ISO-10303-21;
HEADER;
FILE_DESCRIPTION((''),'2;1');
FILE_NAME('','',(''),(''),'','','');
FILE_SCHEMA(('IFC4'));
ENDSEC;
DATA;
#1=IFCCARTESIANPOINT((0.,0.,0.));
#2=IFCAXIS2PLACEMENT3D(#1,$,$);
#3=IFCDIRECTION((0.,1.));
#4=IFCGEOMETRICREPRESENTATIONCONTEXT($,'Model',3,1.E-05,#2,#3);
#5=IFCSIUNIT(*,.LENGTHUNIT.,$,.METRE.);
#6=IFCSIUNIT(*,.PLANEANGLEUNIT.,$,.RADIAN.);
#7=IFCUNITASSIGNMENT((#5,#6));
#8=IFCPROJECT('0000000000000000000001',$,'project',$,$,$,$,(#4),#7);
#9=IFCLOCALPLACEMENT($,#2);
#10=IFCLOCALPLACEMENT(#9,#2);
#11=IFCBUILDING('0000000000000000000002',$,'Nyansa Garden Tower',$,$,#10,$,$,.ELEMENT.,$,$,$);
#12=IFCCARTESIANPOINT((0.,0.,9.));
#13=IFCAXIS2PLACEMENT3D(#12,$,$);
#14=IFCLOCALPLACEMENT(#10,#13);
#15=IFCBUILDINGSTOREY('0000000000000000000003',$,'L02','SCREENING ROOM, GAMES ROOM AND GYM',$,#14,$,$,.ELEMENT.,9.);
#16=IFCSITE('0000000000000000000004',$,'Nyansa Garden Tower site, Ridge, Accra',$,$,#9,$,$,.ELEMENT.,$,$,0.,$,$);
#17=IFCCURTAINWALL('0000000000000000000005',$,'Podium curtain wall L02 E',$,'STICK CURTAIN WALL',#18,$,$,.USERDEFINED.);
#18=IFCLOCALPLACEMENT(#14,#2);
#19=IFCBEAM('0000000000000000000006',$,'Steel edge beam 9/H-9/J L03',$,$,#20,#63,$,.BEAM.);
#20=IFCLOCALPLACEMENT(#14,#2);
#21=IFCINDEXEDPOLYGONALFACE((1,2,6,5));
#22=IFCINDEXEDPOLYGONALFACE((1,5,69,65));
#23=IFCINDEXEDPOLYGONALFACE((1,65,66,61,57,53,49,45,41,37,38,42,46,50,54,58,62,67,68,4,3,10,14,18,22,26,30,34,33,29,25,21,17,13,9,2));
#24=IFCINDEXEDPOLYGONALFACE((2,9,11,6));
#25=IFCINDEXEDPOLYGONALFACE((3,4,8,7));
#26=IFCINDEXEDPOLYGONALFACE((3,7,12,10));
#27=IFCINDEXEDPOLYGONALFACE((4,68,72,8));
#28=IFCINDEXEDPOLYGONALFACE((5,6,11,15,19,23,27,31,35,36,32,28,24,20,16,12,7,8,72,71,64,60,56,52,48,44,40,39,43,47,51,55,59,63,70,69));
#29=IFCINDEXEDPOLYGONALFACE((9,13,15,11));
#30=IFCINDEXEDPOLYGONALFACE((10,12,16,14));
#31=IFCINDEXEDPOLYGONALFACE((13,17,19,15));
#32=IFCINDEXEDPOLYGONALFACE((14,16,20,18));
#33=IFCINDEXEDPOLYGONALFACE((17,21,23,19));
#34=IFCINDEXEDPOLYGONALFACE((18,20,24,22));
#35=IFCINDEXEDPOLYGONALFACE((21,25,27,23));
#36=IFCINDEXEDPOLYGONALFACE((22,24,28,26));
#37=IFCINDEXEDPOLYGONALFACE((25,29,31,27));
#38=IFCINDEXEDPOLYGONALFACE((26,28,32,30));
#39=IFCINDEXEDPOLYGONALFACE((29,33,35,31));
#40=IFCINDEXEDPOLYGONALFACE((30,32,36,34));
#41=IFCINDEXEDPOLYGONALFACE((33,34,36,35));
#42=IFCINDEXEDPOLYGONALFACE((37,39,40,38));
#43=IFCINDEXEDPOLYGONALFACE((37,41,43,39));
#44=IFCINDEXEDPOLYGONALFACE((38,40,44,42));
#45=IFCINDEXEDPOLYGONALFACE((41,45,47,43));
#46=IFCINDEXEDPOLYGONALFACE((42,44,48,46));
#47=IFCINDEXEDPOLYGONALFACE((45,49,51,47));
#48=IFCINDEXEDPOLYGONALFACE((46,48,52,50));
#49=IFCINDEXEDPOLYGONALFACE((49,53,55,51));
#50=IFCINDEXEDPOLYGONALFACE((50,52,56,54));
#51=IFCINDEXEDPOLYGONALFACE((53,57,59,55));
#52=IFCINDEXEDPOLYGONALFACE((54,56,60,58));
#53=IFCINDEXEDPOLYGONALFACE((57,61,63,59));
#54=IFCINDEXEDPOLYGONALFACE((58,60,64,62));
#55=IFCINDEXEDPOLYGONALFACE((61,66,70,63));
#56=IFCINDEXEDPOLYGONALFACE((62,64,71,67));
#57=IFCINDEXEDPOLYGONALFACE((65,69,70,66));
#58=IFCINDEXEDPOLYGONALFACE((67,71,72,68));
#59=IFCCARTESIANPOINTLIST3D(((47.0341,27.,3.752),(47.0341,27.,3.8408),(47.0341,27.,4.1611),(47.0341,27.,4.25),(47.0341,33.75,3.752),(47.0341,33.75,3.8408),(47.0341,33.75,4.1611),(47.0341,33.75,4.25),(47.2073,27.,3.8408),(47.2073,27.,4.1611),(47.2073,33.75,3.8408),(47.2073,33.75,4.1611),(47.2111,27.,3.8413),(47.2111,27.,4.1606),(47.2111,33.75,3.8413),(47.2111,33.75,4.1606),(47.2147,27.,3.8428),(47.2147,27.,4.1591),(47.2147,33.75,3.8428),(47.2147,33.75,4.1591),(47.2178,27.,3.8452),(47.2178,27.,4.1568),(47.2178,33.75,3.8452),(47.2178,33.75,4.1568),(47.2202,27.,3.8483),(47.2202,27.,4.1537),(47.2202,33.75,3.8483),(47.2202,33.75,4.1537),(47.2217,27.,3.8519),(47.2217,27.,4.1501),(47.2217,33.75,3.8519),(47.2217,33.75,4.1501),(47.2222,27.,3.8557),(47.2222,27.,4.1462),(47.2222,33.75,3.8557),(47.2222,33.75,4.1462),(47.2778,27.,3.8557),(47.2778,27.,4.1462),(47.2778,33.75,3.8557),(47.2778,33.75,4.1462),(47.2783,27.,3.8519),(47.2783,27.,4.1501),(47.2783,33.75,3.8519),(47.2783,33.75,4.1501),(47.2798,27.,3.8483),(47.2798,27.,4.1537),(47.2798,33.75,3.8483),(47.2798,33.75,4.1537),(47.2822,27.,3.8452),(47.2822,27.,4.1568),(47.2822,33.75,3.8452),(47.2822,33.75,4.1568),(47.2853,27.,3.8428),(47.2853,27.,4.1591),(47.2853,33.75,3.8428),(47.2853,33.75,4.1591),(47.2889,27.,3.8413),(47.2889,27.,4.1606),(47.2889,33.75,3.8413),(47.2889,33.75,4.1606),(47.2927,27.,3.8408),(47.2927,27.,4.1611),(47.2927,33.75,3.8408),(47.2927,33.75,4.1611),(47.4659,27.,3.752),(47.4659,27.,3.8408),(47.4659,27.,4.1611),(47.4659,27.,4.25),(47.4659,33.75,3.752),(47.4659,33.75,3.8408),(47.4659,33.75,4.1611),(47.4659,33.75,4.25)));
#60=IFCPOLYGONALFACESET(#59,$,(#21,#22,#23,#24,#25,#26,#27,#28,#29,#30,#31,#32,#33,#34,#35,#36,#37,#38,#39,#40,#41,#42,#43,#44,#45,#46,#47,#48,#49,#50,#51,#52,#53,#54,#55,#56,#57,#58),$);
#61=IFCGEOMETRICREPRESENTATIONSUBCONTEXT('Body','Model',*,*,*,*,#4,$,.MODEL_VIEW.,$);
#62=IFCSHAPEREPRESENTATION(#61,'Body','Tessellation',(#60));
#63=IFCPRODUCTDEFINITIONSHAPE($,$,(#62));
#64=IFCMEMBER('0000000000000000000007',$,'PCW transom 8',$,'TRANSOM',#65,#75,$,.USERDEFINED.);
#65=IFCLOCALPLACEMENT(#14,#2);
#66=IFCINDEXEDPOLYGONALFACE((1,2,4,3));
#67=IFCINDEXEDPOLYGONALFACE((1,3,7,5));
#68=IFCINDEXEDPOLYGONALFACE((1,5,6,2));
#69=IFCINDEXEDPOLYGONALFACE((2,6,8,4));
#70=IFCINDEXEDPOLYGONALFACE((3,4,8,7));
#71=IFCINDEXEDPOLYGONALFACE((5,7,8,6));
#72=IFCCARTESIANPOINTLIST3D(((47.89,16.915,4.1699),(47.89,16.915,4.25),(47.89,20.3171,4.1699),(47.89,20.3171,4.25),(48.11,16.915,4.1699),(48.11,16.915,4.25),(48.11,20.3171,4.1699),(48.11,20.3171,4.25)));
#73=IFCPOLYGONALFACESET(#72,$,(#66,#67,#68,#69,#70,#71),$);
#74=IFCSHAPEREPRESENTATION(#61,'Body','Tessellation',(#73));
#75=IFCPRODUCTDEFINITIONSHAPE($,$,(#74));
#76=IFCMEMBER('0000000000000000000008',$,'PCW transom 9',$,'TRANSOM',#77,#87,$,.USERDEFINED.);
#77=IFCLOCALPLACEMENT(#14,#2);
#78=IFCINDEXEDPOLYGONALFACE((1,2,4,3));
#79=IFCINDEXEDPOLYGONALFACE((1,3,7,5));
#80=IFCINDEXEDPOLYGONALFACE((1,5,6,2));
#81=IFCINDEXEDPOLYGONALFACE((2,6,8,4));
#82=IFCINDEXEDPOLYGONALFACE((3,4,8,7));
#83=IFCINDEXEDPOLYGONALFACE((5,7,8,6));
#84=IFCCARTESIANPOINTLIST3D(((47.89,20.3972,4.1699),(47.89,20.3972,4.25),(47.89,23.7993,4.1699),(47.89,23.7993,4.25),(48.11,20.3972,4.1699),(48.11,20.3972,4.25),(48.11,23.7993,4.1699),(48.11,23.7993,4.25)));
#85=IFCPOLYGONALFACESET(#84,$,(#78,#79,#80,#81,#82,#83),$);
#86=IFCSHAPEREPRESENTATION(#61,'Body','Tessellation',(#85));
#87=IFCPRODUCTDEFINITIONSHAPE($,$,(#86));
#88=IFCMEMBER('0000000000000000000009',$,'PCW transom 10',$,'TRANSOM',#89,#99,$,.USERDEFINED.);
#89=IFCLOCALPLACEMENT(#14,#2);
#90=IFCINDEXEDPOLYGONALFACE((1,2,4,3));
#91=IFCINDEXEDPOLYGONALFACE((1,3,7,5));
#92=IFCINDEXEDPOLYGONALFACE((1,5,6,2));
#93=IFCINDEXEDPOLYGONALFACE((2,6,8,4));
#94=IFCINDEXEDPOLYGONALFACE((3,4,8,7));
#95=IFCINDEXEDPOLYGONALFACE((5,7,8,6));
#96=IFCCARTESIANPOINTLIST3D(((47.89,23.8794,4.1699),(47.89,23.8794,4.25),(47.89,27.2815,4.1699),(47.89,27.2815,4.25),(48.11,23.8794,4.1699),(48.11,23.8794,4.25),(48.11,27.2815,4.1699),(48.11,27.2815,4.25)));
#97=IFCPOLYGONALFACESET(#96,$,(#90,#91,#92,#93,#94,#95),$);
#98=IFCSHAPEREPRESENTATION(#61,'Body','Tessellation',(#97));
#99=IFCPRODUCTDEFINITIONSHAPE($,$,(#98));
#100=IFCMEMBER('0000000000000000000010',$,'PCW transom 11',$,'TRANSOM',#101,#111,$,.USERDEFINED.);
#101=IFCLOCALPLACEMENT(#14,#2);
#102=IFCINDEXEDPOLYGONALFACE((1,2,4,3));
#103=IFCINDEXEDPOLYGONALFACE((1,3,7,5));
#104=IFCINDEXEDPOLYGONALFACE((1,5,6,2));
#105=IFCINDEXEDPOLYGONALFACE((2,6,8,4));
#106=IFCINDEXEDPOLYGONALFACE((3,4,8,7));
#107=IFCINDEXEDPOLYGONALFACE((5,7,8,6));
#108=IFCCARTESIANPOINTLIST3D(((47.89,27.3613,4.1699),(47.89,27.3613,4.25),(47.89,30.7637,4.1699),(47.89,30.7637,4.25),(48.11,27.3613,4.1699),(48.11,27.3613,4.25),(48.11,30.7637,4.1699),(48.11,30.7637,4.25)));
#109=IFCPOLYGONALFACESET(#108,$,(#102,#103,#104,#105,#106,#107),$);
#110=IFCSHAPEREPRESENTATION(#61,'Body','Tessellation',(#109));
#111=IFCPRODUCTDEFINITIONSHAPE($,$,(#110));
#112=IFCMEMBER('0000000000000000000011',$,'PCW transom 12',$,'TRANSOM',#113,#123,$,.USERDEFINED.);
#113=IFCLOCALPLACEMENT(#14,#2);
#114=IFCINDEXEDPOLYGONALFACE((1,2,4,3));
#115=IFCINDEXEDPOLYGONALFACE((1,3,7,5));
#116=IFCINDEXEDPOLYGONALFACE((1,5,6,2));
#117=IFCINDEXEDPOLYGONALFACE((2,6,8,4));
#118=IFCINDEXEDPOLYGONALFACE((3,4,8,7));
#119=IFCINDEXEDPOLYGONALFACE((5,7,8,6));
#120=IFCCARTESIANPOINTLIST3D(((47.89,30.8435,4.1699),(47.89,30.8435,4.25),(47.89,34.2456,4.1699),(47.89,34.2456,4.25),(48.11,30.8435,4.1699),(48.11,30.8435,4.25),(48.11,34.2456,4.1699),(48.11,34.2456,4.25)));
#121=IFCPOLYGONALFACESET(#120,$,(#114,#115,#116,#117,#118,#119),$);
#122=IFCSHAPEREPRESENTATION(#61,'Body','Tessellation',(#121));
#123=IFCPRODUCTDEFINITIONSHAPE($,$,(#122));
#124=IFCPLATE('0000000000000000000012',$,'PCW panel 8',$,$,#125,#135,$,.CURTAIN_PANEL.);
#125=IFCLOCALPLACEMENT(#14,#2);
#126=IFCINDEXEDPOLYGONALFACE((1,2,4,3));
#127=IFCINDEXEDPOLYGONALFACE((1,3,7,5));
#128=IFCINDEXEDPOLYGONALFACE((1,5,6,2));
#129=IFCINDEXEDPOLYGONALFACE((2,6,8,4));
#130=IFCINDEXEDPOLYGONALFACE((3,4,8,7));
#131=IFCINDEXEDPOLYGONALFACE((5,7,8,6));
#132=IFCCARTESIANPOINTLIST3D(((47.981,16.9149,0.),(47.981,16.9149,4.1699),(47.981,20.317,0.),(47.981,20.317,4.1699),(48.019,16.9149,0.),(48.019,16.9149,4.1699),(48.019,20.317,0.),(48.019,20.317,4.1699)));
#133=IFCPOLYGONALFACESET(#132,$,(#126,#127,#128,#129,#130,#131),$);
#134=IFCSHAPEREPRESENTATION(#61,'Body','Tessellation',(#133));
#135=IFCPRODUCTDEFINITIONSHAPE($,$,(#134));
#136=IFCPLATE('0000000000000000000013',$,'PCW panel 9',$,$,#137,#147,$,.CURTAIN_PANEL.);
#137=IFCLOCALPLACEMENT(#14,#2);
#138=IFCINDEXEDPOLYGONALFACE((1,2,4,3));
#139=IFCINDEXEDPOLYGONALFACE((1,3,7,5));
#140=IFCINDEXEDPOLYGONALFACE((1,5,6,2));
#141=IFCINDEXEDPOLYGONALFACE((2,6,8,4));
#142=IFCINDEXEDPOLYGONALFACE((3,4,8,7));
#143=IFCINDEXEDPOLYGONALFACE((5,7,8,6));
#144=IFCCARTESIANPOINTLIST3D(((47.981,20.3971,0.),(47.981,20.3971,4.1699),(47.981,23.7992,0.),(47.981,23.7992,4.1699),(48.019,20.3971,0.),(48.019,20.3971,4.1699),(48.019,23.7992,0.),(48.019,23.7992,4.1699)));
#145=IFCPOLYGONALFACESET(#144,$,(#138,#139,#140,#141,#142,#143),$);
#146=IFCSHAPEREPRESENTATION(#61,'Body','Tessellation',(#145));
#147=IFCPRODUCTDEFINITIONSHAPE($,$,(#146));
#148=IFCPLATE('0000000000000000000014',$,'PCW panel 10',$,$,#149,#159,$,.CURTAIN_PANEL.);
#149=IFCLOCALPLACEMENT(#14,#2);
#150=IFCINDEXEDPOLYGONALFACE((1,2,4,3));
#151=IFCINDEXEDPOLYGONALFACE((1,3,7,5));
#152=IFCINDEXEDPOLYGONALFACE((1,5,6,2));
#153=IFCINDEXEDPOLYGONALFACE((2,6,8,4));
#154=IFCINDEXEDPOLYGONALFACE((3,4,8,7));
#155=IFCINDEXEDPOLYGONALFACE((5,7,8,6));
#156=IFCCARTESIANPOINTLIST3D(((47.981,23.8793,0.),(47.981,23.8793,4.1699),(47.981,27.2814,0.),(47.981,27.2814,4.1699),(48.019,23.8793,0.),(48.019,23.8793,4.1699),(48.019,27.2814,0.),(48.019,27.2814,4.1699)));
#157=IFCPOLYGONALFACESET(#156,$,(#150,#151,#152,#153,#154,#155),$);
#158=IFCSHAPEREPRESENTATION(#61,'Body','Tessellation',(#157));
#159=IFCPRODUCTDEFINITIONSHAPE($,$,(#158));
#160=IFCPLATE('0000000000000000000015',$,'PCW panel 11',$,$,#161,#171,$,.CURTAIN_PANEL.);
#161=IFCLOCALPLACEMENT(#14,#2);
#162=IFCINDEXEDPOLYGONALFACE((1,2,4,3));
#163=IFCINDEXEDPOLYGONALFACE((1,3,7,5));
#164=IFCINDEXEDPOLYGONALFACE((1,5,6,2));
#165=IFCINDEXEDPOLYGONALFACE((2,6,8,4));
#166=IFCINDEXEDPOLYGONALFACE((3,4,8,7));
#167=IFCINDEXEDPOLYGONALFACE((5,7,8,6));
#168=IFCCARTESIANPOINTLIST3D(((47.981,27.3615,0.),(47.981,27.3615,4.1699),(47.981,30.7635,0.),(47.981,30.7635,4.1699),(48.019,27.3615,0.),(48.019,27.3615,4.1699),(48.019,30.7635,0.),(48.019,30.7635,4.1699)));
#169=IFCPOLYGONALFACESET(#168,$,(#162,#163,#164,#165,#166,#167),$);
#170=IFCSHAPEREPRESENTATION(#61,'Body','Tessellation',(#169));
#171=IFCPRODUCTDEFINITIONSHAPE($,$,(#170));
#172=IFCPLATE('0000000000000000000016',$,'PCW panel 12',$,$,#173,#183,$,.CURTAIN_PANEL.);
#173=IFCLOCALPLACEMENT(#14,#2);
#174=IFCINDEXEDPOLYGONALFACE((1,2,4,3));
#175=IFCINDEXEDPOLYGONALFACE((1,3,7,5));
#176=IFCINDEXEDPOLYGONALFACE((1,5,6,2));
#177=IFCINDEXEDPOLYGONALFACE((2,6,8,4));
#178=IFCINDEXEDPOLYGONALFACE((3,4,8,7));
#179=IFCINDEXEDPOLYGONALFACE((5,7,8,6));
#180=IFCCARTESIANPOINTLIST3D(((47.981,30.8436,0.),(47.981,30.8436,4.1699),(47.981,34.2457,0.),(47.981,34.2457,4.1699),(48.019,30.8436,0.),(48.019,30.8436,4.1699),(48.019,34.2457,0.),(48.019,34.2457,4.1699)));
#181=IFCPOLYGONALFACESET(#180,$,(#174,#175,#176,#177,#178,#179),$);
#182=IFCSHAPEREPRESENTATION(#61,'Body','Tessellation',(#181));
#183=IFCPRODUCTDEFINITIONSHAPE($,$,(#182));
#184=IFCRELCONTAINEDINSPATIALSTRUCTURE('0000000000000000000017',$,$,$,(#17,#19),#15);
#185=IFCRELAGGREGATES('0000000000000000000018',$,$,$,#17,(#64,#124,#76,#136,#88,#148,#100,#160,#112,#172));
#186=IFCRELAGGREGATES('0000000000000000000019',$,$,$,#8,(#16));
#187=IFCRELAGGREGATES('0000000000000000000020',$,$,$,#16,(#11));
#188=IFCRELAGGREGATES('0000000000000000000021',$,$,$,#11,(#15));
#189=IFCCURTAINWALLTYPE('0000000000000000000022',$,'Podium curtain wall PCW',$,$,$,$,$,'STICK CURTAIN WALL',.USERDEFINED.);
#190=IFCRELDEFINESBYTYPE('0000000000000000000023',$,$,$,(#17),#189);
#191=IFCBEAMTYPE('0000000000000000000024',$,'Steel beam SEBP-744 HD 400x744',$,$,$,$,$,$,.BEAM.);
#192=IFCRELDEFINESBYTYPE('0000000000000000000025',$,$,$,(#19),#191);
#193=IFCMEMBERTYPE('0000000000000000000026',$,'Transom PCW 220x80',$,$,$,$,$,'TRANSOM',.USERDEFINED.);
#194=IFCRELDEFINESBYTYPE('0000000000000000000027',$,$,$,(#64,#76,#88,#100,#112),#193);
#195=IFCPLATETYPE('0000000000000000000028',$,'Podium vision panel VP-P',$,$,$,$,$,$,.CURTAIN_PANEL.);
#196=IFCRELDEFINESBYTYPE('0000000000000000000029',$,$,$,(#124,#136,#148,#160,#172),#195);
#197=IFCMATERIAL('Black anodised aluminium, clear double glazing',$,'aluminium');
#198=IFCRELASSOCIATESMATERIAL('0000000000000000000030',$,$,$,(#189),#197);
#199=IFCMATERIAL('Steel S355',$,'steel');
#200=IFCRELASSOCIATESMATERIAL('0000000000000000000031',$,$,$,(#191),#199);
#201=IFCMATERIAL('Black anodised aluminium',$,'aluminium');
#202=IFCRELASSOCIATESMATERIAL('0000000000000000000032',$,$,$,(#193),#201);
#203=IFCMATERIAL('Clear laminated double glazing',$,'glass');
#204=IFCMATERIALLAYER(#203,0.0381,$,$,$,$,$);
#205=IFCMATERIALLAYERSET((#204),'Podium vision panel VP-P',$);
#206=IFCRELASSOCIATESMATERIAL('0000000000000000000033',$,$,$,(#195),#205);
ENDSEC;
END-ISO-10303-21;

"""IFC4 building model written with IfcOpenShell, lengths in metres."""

from ifc_helpers import new_model, si_unit, direction, frame, origin, origin_2d, place, context, subcontext, project, spatial, rectangle, i_section, extrude, material, layer, layer_set, material_profile, profile_set, type_object, element, aggregate, save


model = new_model("IFC4")

# Units and contexts
model_context = context("Model", 3, precision=1e-05, world=origin(), true_north=direction((0.0, 1.0)))
body_context = subcontext(model_context, "Body", "Model", "MODEL_VIEW")
ifc_project = project(units=[si_unit("LENGTHUNIT", "METRE"), si_unit("PLANEANGLEUNIT", "RADIAN")], contexts=[model_context])

# Site, building, storey
site_placement = place(None, origin())
site = spatial("IfcSite", under=ifc_project, at=site_placement, Name="Nyansa Garden Tower site, Ridge, Accra", CompositionType="ELEMENT", RefElevation=0.0)
building_placement = place(site_placement, origin())
building = spatial("IfcBuilding", under=site, at=building_placement, Name="Nyansa Garden Tower", CompositionType="ELEMENT")
storey_placement = place(building_placement, frame((0.0, 0.0, 9.0)))
storey = spatial("IfcBuildingStorey", under=building, at=storey_placement, Name="L02", Description="SCREENING ROOM, GAMES ROOM AND GYM", CompositionType="ELEMENT", Elevation=9.0)

# Curtain wall
ifc_material_1 = material(Name="Black anodised aluminium, clear double glazing", Category="aluminium")
curtain_wall_type = type_object("IfcCurtainWallType", Name="Podium curtain wall PCW", ElementType="STICK CURTAIN WALL", PredefinedType="USERDEFINED", material=ifc_material_1)
curtain_wall_placement = place(storey_placement, origin())
curtain_wall = element("IfcCurtainWall", 1, at=curtain_wall_placement, inside=storey, type_object=curtain_wall_type, Name="Podium curtain wall L02 E", ObjectType="STICK CURTAIN WALL", PredefinedType="USERDEFINED")

# Beam
ifc_material_2 = material(Name="Steel S355", Category="steel")
ifc_material_profile_1 = material_profile(ifc_material_2, i_section(OverallWidth=0.4319, OverallDepth=0.498, WebThickness=0.0557, FlangeThickness=0.0889, FilletRadius=0.0149, at=origin_2d()), Name="HD 400x744")
ifc_profile_set_1 = profile_set([ifc_material_profile_1], Name="Steel S355")
beam_type_1 = type_object("IfcBeamType", Name="Steel beam SEBP-744 HD 400x744", PredefinedType="BEAM", material=ifc_profile_set_1)
for number, where, z_axis, x_axis, name in (
    (2, (47.25, 27.0, 4.001), (0.0, 1.0, 0.0), (-1.0, 0.0, 0.0), "Steel edge beam 9/H-9/J L03"),
):
    element("IfcBeam", number, at=place(storey_placement, frame(where, z_axis=z_axis, x_axis=x_axis)), inside=storey, type_object=beam_type_1, Name=name, PredefinedType="BEAM", context=body_context, shape_type="SweptSolid", body=[
        extrude(i_section(OverallWidth=0.4319, OverallDepth=0.498, WebThickness=0.0557, FlangeThickness=0.0889, FilletRadius=0.0149, at=origin_2d()), origin(), (0.0, 0.0, 1.0), 6.75),
    ])

# Members
ifc_material_3 = material(Name="Black anodised aluminium", Category="aluminium")
ifc_material_profile_2 = material_profile(ifc_material_3, rectangle(XDim=0.22, YDim=0.0801, at=origin_2d()), Name="Transom 220x80")
ifc_profile_set_2 = profile_set([ifc_material_profile_2], Name="Black anodised aluminium")
member_type_1 = type_object("IfcMemberType", Name="Transom PCW 220x80", ElementType="TRANSOM", PredefinedType="USERDEFINED", material=ifc_profile_set_2)
member_1_placement = place(storey_placement, frame((48.0, 16.915, 4.21), z_axis=(0.0, 1.0, 0.0), x_axis=(-1.0, 0.0, 0.0)))
member_1 = element("IfcMember", 3, at=member_1_placement, type_object=member_type_1, Name="PCW transom 8", ObjectType="TRANSOM", PredefinedType="USERDEFINED", context=body_context, shape_type="SweptSolid", body=[
    extrude(rectangle(XDim=0.22, YDim=0.0801, at=origin_2d()), origin(), (0.0, 0.0, 1.0), 3.4021),
])
member_2_placement = place(storey_placement, frame((48.0, 20.3972, 4.21), z_axis=(0.0, 1.0, 0.0), x_axis=(-1.0, 0.0, 0.0)))
member_2 = element("IfcMember", 4, at=member_2_placement, type_object=member_type_1, Name="PCW transom 9", ObjectType="TRANSOM", PredefinedType="USERDEFINED", context=body_context, shape_type="SweptSolid", body=[
    extrude(rectangle(XDim=0.22, YDim=0.0801, at=origin_2d()), origin(), (0.0, 0.0, 1.0), 3.4021),
])
member_3_placement = place(storey_placement, frame((48.0, 23.8794, 4.21), z_axis=(0.0, 1.0, 0.0), x_axis=(-1.0, 0.0, 0.0)))
member_3 = element("IfcMember", 5, at=member_3_placement, type_object=member_type_1, Name="PCW transom 10", ObjectType="TRANSOM", PredefinedType="USERDEFINED", context=body_context, shape_type="SweptSolid", body=[
    extrude(rectangle(XDim=0.22, YDim=0.0801, at=origin_2d()), origin(), (0.0, 0.0, 1.0), 3.4021),
])
member_4_placement = place(storey_placement, frame((48.0, 27.3613, 4.21), z_axis=(0.0, 1.0, 0.0), x_axis=(-1.0, 0.0, 0.0)))
member_4 = element("IfcMember", 6, at=member_4_placement, type_object=member_type_1, Name="PCW transom 11", ObjectType="TRANSOM", PredefinedType="USERDEFINED", context=body_context, shape_type="SweptSolid", body=[
    extrude(rectangle(XDim=0.22, YDim=0.0801, at=origin_2d()), origin(), (0.0, 0.0, 1.0), 3.4023),
])
member_5_placement = place(storey_placement, frame((48.0, 30.8435, 4.21), z_axis=(0.0, 1.0, 0.0), x_axis=(-1.0, 0.0, 0.0)))
member_5 = element("IfcMember", 7, at=member_5_placement, type_object=member_type_1, Name="PCW transom 12", ObjectType="TRANSOM", PredefinedType="USERDEFINED", context=body_context, shape_type="SweptSolid", body=[
    extrude(rectangle(XDim=0.22, YDim=0.0801, at=origin_2d()), origin(), (0.0, 0.0, 1.0), 3.4021),
])

# Plates
ifc_material_4 = material(Name="Clear laminated double glazing", Category="glass")
ifc_layer = layer(ifc_material_4, 0.0381)
ifc_layer_set = layer_set([ifc_layer], Name="Podium vision panel VP-P")
plate_type = type_object("IfcPlateType", Name="Podium vision panel VP-P", PredefinedType="CURTAIN_PANEL", material=ifc_layer_set)
plate_1_placement = place(storey_placement, frame((48.0, 18.616, 0.0), z_axis=(0.0, 0.0, 1.0), x_axis=(0.0, 1.0, 0.0)))
plate_1 = element("IfcPlate", 8, at=plate_1_placement, type_object=plate_type, Name="PCW panel 8", PredefinedType="CURTAIN_PANEL", context=body_context, shape_type="SweptSolid", body=[
    extrude(rectangle(XDim=3.4021, YDim=0.0381, at=origin_2d()), origin(), (0.0, 0.0, 1.0), 4.1699),
])
plate_2_placement = place(storey_placement, frame((48.0, 22.0981, 0.0), z_axis=(0.0, 0.0, 1.0), x_axis=(0.0, 1.0, 0.0)))
plate_2 = element("IfcPlate", 9, at=plate_2_placement, type_object=plate_type, Name="PCW panel 9", PredefinedType="CURTAIN_PANEL", context=body_context, shape_type="SweptSolid", body=[
    extrude(rectangle(XDim=3.4021, YDim=0.0381, at=origin_2d()), origin(), (0.0, 0.0, 1.0), 4.1699),
])
plate_3_placement = place(storey_placement, frame((48.0, 25.5803, 0.0), z_axis=(0.0, 0.0, 1.0), x_axis=(0.0, 1.0, 0.0)))
plate_3 = element("IfcPlate", 10, at=plate_3_placement, type_object=plate_type, Name="PCW panel 10", PredefinedType="CURTAIN_PANEL", context=body_context, shape_type="SweptSolid", body=[
    extrude(rectangle(XDim=3.4021, YDim=0.0381, at=origin_2d()), origin(), (0.0, 0.0, 1.0), 4.1699),
])
plate_4_placement = place(storey_placement, frame((48.0, 29.0625, 0.0), z_axis=(0.0, 0.0, 1.0), x_axis=(0.0, 1.0, 0.0)))
plate_4 = element("IfcPlate", 11, at=plate_4_placement, type_object=plate_type, Name="PCW panel 11", PredefinedType="CURTAIN_PANEL", context=body_context, shape_type="SweptSolid", body=[
    extrude(rectangle(XDim=3.4021, YDim=0.0381, at=origin_2d()), origin(), (0.0, 0.0, 1.0), 4.1699),
])
plate_5_placement = place(storey_placement, frame((48.0, 32.5447, 0.0), z_axis=(0.0, 0.0, 1.0), x_axis=(0.0, 1.0, 0.0)))
plate_5 = element("IfcPlate", 12, at=plate_5_placement, type_object=plate_type, Name="PCW panel 12", PredefinedType="CURTAIN_PANEL", context=body_context, shape_type="SweptSolid", body=[
    extrude(rectangle(XDim=3.4021, YDim=0.0381, at=origin_2d()), origin(), (0.0, 0.0, 1.0), 4.1699),
])
aggregate(curtain_wall, [member_1, plate_1, member_2, plate_2, member_3, plate_3, member_4, plate_4, member_5, plate_5])

save(model, "model.ifc")
